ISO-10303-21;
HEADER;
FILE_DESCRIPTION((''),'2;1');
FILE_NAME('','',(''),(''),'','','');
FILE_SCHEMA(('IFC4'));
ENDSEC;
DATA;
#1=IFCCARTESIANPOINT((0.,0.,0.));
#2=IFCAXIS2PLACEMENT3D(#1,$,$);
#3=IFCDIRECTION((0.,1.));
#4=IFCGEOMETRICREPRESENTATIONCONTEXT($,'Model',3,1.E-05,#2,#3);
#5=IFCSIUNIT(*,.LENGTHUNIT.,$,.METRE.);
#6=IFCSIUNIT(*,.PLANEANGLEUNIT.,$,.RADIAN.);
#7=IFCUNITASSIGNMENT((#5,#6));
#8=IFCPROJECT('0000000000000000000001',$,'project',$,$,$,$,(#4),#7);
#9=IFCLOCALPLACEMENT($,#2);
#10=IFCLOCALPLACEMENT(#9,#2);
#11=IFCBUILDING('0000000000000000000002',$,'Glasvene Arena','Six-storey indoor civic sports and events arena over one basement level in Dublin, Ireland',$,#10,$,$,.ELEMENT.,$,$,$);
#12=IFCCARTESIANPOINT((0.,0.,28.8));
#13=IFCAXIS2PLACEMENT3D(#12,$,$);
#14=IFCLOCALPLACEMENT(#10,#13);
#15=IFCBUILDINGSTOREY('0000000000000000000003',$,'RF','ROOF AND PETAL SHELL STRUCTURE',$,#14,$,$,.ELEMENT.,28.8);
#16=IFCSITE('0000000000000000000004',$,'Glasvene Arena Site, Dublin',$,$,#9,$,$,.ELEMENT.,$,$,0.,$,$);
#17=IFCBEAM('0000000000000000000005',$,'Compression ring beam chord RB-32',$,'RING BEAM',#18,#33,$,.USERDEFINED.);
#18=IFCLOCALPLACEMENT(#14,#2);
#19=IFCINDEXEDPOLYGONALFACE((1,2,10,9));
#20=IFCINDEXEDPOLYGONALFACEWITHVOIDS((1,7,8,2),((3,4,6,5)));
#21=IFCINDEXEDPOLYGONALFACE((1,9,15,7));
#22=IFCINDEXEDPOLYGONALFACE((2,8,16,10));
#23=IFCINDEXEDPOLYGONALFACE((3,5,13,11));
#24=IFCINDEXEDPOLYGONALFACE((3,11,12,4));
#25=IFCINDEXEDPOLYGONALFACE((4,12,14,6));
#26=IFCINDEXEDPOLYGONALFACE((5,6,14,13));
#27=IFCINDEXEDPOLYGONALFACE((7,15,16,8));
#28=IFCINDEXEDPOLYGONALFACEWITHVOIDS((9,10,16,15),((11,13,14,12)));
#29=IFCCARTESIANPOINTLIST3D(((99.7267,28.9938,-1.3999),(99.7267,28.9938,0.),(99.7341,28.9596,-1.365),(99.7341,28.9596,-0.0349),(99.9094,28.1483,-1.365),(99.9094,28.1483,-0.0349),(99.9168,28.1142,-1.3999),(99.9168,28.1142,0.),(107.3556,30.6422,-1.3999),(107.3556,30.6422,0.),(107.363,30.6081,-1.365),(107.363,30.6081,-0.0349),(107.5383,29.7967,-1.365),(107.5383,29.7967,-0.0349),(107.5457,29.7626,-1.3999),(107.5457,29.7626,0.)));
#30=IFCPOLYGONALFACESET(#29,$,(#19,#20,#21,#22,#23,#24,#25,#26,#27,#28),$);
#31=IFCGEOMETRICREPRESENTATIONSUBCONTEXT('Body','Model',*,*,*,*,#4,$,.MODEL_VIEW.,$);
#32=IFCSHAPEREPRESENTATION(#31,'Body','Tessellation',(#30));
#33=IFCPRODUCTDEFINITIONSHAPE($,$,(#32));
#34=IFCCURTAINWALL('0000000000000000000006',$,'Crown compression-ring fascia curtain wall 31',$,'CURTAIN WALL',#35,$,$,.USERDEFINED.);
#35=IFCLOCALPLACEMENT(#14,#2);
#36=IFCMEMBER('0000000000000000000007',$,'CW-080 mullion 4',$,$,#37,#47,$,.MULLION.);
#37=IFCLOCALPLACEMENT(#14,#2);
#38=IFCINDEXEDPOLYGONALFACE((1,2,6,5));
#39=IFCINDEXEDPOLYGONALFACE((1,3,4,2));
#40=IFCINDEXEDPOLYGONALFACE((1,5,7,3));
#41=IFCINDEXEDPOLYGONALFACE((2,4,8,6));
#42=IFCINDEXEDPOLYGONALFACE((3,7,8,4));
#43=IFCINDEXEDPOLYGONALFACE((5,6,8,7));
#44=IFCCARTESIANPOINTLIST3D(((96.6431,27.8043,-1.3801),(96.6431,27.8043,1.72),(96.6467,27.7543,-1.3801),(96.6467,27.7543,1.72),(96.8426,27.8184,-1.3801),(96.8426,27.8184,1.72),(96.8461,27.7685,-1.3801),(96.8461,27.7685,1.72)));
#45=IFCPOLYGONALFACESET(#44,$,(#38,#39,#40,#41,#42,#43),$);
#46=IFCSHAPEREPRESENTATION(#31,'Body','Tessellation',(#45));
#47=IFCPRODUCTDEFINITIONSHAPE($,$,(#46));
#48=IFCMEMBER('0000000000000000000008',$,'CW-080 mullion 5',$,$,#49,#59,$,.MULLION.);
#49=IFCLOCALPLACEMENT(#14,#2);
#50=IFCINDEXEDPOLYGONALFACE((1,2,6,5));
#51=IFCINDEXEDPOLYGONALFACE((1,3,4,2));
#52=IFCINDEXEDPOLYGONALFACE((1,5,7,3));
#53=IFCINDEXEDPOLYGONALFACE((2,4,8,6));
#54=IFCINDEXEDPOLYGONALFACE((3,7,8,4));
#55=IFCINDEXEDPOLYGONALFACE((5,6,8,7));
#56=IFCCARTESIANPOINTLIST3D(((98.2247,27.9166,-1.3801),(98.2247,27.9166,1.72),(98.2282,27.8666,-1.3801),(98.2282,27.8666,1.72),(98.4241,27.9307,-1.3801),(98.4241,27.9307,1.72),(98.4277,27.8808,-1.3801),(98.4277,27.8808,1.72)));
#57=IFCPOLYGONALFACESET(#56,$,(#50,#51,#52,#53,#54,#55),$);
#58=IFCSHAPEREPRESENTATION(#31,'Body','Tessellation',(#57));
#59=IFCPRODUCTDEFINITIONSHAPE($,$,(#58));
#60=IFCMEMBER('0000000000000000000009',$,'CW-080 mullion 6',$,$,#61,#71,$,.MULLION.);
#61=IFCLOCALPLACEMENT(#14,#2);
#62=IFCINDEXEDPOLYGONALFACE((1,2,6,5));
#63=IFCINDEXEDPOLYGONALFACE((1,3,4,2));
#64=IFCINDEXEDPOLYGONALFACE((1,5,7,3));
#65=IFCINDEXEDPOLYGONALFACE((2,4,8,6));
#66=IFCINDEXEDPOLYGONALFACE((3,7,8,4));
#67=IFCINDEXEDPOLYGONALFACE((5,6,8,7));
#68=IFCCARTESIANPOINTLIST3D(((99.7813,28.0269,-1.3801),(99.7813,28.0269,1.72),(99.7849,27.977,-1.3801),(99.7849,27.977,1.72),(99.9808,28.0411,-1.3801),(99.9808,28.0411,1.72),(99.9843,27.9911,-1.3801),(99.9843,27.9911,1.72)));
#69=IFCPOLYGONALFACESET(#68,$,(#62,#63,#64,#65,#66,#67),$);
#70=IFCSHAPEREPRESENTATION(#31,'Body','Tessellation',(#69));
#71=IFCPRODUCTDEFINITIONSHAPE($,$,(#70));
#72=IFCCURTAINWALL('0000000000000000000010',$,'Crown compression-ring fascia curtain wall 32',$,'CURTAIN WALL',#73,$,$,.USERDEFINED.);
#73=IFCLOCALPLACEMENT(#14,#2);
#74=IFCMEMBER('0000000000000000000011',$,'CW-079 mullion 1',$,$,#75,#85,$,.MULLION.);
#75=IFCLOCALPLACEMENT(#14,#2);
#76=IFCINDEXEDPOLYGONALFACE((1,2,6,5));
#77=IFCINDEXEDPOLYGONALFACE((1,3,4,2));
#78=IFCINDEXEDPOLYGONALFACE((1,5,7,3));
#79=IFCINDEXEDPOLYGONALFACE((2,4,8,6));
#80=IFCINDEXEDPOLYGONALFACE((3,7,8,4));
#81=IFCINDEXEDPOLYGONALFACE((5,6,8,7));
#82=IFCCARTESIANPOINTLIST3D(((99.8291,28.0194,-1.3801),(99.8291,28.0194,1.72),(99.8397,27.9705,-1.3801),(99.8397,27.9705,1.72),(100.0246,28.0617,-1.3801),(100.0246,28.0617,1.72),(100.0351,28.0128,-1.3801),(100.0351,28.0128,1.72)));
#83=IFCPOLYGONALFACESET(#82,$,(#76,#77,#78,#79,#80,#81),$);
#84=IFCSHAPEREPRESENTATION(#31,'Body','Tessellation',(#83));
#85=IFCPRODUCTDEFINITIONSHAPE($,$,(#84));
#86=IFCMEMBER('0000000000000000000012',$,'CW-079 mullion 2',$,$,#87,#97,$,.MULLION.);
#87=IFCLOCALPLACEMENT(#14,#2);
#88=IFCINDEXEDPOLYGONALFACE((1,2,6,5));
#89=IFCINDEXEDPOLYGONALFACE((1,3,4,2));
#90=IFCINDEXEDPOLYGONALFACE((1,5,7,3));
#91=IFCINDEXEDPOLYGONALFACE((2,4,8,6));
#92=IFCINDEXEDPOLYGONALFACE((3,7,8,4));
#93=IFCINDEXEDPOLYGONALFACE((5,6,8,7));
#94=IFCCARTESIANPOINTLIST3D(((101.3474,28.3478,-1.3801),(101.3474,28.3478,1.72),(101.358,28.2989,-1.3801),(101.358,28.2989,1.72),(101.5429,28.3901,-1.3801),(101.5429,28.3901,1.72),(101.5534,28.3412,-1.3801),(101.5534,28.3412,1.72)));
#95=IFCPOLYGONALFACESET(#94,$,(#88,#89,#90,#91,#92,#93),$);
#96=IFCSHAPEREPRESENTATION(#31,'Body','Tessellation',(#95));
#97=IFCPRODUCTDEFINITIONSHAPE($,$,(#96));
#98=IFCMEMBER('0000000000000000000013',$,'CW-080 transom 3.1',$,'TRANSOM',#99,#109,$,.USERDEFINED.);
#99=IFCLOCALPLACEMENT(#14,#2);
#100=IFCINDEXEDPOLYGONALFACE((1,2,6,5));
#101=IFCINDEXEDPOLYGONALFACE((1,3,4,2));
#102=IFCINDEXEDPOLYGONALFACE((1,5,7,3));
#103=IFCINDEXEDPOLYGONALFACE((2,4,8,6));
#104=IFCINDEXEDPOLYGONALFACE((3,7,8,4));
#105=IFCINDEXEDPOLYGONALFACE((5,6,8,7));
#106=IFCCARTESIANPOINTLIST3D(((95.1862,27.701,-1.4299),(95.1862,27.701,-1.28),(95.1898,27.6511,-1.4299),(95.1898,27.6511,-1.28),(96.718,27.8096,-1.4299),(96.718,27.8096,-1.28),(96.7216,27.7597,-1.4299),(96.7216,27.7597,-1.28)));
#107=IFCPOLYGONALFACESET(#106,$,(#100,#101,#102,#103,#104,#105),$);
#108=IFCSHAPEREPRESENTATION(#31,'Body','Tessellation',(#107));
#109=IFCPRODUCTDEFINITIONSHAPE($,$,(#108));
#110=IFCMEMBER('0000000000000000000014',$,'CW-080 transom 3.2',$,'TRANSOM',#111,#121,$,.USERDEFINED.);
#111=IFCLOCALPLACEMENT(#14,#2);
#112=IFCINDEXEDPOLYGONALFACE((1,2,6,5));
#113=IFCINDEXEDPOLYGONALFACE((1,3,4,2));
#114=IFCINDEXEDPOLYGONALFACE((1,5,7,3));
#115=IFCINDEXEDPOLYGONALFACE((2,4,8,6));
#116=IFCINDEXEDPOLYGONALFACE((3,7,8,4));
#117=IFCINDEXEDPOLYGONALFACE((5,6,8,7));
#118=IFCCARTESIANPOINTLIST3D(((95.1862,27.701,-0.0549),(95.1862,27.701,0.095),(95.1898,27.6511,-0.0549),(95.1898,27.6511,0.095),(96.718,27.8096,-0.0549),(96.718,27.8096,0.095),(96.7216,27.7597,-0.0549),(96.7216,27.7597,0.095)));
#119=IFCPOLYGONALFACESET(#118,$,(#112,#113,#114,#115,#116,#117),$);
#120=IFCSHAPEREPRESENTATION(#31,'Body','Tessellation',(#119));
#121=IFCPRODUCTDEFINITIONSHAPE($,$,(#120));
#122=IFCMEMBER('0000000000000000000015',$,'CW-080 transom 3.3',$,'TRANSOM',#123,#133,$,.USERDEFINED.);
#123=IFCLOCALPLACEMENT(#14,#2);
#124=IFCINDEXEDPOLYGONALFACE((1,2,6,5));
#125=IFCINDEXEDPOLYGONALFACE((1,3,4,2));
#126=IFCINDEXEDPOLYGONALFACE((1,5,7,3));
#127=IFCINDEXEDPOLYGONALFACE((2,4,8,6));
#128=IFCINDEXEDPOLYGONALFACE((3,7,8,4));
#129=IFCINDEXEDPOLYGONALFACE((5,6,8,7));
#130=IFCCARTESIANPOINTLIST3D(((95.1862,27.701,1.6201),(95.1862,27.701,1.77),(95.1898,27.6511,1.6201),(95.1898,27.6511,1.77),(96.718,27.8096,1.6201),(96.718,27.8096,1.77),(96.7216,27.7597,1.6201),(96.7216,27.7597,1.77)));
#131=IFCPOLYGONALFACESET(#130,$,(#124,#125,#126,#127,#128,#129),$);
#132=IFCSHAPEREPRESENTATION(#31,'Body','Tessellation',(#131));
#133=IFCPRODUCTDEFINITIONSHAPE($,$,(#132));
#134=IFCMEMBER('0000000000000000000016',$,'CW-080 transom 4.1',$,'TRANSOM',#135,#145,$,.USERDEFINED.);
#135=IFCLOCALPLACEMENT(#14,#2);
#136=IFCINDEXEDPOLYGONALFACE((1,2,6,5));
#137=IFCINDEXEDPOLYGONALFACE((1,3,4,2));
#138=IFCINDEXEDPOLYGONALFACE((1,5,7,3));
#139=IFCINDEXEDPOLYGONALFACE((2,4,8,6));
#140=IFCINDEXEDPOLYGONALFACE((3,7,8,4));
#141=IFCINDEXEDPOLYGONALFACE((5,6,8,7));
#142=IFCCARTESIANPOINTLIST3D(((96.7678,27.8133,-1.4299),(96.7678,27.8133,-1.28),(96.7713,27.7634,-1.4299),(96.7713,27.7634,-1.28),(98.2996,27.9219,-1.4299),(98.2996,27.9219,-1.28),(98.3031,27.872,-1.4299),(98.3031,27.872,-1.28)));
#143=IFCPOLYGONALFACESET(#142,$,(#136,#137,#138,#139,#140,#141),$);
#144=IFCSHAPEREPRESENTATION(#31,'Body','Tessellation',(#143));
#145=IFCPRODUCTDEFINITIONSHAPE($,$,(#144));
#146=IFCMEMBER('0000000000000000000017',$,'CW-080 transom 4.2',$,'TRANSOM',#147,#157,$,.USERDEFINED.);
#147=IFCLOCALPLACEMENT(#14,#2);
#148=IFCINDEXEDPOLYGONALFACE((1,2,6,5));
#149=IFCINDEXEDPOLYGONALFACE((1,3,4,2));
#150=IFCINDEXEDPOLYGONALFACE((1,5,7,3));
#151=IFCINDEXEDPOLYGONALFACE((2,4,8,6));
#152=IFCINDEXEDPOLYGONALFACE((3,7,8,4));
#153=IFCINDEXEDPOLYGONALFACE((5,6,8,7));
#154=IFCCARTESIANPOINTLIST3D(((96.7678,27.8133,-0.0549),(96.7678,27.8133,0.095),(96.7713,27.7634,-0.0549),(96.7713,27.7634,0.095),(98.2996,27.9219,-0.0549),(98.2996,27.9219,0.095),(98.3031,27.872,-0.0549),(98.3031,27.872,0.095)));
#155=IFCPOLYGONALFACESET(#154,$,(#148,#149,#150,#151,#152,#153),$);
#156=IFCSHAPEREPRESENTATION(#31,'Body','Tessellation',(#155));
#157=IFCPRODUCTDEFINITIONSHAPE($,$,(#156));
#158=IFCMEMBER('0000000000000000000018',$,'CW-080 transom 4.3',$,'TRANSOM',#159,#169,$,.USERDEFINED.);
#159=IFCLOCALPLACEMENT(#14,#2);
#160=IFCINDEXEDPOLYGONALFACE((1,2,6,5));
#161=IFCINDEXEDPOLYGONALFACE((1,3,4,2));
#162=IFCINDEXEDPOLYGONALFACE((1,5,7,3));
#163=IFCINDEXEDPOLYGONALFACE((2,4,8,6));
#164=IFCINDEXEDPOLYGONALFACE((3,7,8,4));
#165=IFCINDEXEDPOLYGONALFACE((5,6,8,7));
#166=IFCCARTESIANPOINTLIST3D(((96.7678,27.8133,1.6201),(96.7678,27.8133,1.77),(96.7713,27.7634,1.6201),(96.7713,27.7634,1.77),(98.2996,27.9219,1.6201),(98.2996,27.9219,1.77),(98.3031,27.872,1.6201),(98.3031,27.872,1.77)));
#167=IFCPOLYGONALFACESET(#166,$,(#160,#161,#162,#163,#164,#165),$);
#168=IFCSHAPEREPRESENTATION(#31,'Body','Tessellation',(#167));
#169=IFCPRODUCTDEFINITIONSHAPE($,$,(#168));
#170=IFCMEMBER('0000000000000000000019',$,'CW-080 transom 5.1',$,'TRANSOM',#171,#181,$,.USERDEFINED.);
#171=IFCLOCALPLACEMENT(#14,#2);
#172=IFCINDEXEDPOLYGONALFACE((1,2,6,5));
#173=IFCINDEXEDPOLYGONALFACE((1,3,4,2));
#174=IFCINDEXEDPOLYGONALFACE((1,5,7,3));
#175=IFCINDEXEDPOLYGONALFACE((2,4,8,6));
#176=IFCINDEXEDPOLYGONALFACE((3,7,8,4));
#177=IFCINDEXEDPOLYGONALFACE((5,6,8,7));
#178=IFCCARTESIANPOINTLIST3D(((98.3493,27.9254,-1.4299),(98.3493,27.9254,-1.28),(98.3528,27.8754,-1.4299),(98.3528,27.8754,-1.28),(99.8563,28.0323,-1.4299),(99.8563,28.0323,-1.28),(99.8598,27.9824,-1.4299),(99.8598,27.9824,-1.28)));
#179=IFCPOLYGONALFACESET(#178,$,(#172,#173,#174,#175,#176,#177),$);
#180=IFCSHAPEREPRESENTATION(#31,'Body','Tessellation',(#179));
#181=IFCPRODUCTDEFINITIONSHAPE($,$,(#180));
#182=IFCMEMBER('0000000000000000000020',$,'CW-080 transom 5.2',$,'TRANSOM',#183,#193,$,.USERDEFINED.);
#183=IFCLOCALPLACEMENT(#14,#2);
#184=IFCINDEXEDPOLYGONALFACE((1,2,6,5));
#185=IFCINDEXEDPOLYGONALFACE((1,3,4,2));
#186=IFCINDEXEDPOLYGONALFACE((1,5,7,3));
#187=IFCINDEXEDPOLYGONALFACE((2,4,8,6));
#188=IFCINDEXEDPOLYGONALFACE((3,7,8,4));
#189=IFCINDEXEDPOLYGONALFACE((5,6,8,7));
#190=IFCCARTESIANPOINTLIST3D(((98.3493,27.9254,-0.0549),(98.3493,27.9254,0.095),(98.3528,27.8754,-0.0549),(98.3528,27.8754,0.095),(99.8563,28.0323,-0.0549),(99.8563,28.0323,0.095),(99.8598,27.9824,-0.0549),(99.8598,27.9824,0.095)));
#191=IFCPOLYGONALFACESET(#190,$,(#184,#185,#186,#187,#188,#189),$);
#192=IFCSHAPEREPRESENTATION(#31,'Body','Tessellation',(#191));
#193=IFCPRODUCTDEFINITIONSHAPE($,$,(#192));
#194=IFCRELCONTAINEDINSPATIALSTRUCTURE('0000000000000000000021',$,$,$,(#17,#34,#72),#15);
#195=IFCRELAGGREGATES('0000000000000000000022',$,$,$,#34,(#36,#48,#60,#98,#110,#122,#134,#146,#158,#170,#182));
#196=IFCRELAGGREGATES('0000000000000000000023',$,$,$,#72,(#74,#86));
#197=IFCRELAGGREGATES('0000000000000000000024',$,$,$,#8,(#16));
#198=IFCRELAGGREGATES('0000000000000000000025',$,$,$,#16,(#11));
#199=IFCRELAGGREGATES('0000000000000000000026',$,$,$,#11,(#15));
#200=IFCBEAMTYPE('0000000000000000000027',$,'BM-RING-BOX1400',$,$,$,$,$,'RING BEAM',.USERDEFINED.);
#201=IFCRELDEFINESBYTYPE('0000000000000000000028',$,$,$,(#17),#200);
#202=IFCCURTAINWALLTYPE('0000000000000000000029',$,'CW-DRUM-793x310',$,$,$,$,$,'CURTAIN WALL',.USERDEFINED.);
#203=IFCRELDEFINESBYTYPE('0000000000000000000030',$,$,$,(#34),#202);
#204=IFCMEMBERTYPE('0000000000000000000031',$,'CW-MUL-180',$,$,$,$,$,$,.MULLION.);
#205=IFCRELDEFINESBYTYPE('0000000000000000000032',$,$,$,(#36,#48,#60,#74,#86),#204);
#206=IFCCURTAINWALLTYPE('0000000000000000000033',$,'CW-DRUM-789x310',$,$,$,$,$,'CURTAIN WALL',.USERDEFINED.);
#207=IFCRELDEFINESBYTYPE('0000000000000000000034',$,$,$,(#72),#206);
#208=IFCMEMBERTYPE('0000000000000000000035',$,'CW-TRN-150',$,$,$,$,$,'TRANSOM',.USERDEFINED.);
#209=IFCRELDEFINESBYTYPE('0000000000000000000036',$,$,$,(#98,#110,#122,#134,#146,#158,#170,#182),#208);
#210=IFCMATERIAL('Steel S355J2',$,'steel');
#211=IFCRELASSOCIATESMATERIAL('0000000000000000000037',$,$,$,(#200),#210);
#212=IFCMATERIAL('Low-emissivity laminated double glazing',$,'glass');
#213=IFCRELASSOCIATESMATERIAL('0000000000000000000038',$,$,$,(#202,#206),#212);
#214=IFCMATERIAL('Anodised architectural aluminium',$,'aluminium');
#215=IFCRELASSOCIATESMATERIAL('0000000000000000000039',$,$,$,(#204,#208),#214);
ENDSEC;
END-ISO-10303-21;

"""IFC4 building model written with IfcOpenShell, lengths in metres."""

from ifc_helpers import new_model, si_unit, direction, frame, origin, origin_2d, place, context, subcontext, project, spatial, rectangle, hollow_rectangle, extrude, material, material_profile, profile_set, type_object, element, aggregate, save


model = new_model("IFC4")

# Units and contexts
model_context = context("Model", 3, precision=1e-05, world=origin(), true_north=direction((0.0, 1.0)))
body_context = subcontext(model_context, "Body", "Model", "MODEL_VIEW")
ifc_project = project(units=[si_unit("LENGTHUNIT", "METRE"), si_unit("PLANEANGLEUNIT", "RADIAN")], contexts=[model_context])

# Site, building, storey
site_placement = place(None, origin())
site = spatial("IfcSite", under=ifc_project, at=site_placement, Name="Glasvene Arena Site, Dublin", CompositionType="ELEMENT", RefElevation=0.0)
building_placement = place(site_placement, origin())
building = spatial("IfcBuilding", under=site, at=building_placement, Name="Glasvene Arena", Description="Six-storey indoor civic sports and events arena over one basement level in Dublin, Ireland", CompositionType="ELEMENT")
storey_placement = place(building_placement, frame((0.0, 0.0, 28.8)))
storey = spatial("IfcBuildingStorey", under=building, at=storey_placement, Name="RF", Description="ROOF AND PETAL SHELL STRUCTURE", CompositionType="ELEMENT", Elevation=28.8)

# Beam
ifc_material_1 = material(Name="Steel S355J2", Category="steel")
ifc_material_profile_1 = material_profile(ifc_material_1, hollow_rectangle(XDim=0.8999, YDim=1.3999, WallThickness=0.0349, at=origin_2d()), Name="WBOX 900x1400x35")
ifc_profile_set_1 = profile_set([ifc_material_profile_1], Name="Steel S355J2")
beam_type = type_object("IfcBeamType", Name="BM-RING-BOX1400", ElementType="RING BEAM", PredefinedType="USERDEFINED", material=ifc_profile_set_1)
beam_placement = place(storey_placement, frame((99.8218, 28.554, -0.7), z_axis=(0.977442, 0.211204, 0.0), x_axis=(-0.211204, 0.977442, 0.0)))
element("IfcBeam", 1, at=beam_placement, inside=storey, type_object=beam_type, Name="Compression ring beam chord RB-32", ObjectType="RING BEAM", PredefinedType="USERDEFINED", context=body_context, shape_type="SweptSolid", body=[
    extrude(hollow_rectangle(XDim=0.8999, YDim=1.3999, WallThickness=0.0349, at=origin_2d()), origin(), (0.0, 0.0, 1.0), 7.8049),
])

# Curtain walls, members
ifc_material_2 = material(Name="Low-emissivity laminated double glazing", Category="glass")
curtain_wall_type_1 = type_object("IfcCurtainWallType", Name="CW-DRUM-793x310", ElementType="CURTAIN WALL", PredefinedType="USERDEFINED", material=ifc_material_2)
curtain_wall_1_placement = place(storey_placement, frame((92.0, 27.45, 0.0)))
curtain_wall_1 = element("IfcCurtainWall", 2, at=curtain_wall_1_placement, inside=storey, type_object=curtain_wall_type_1, Name="Crown compression-ring fascia curtain wall 31", ObjectType="CURTAIN WALL", PredefinedType="USERDEFINED")
ifc_material_3 = material(Name="Anodised architectural aluminium", Category="aluminium")
ifc_material_profile_2 = material_profile(ifc_material_3, rectangle(XDim=0.05, YDim=0.2, at=origin_2d()), Name="ALU MULLION 50x200")
ifc_profile_set_2 = profile_set([ifc_material_profile_2], Name="Anodised architectural aluminium")
member_type_1 = type_object("IfcMemberType", Name="CW-MUL-180", PredefinedType="MULLION", material=ifc_profile_set_2)
member_1_placement = place(storey_placement, frame((96.7446, 27.7864, -1.3801), z_axis=(0.0, 0.0, 1.0), x_axis=(-0.07074, 0.997495, 0.0)))
member_1 = element("IfcMember", 3, at=member_1_placement, type_object=member_type_1, Name="CW-080 mullion 4", PredefinedType="MULLION", context=body_context, shape_type="SweptSolid", body=[
    extrude(rectangle(XDim=0.05, YDim=0.2, at=origin_2d()), origin(), (0.0, 0.0, 1.0), 3.1001),
])
member_2_placement = place(storey_placement, frame((98.3262, 27.8987, -1.3801), z_axis=(0.0, 0.0, 1.0), x_axis=(-0.07074, 0.997495, 0.0)))
member_2 = element("IfcMember", 4, at=member_2_placement, type_object=member_type_1, Name="CW-080 mullion 5", PredefinedType="MULLION", context=body_context, shape_type="SweptSolid", body=[
    extrude(rectangle(XDim=0.05, YDim=0.2, at=origin_2d()), origin(), (0.0, 0.0, 1.0), 3.1001),
])
member_3_placement = place(storey_placement, frame((99.8828, 28.009, -1.3801), z_axis=(0.0, 0.0, 1.0), x_axis=(-0.07074, 0.997495, 0.0)))
member_3 = element("IfcMember", 5, at=member_3_placement, type_object=member_type_1, Name="CW-080 mullion 6", PredefinedType="MULLION", context=body_context, shape_type="SweptSolid", body=[
    extrude(rectangle(XDim=0.05, YDim=0.2, at=origin_2d()), origin(), (0.0, 0.0, 1.0), 3.1001),
])
curtain_wall_type_2 = type_object("IfcCurtainWallType", Name="CW-DRUM-789x310", ElementType="CURTAIN WALL", PredefinedType="USERDEFINED", material=ifc_material_2)
curtain_wall_2_placement = place(storey_placement, frame((99.9077, 28.0107, 0.0)))
curtain_wall_2 = element("IfcCurtainWall", 6, at=curtain_wall_2_placement, inside=storey, type_object=curtain_wall_type_2, Name="Crown compression-ring fascia curtain wall 32", ObjectType="CURTAIN WALL", PredefinedType="USERDEFINED")
member_4_placement = place(storey_placement, frame((99.9321, 28.0161, -1.3801), z_axis=(0.0, 0.0, 1.0), x_axis=(-0.211445, 0.97739, 0.0)))
member_4 = element("IfcMember", 7, at=member_4_placement, type_object=member_type_1, Name="CW-079 mullion 1", PredefinedType="MULLION", context=body_context, shape_type="SweptSolid", body=[
    extrude(rectangle(XDim=0.05, YDim=0.2, at=origin_2d()), origin(), (0.0, 0.0, 1.0), 3.1001),
])
member_5_placement = place(storey_placement, frame((101.4504, 28.3445, -1.3801), z_axis=(0.0, 0.0, 1.0), x_axis=(-0.211445, 0.97739, 0.0)))
member_5 = element("IfcMember", 8, at=member_5_placement, type_object=member_type_1, Name="CW-079 mullion 2", PredefinedType="MULLION", context=body_context, shape_type="SweptSolid", body=[
    extrude(rectangle(XDim=0.05, YDim=0.2, at=origin_2d()), origin(), (0.0, 0.0, 1.0), 3.1001),
])

# Members
ifc_material_profile_3 = material_profile(ifc_material_3, rectangle(XDim=0.05, YDim=0.1499, at=origin_2d()), Name="ALU TRANSOM 50x150")
ifc_profile_set_3 = profile_set([ifc_material_profile_3], Name="Anodised architectural aluminium")
member_type_2 = type_object("IfcMemberType", Name="CW-TRN-150", ElementType="TRANSOM", PredefinedType="USERDEFINED", material=ifc_profile_set_3)
member_6_placement = place(storey_placement, frame((95.188, 27.676, -1.355), z_axis=(0.997494, 0.07075, 0.0), x_axis=(-0.07075, 0.997494, 0.0)))
member_6 = element("IfcMember", 9, at=member_6_placement, type_object=member_type_2, Name="CW-080 transom 3.1", ObjectType="TRANSOM", PredefinedType="USERDEFINED", context=body_context, shape_type="SweptSolid", body=[
    extrude(rectangle(XDim=0.05, YDim=0.1499, at=origin_2d()), origin(), (0.0, 0.0, 1.0), 1.5356),
])
member_7_placement = place(storey_placement, frame((95.188, 27.676, 0.02), z_axis=(0.997494, 0.07075, 0.0), x_axis=(-0.07075, 0.997494, 0.0)))
member_7 = element("IfcMember", 10, at=member_7_placement, type_object=member_type_2, Name="CW-080 transom 3.2", ObjectType="TRANSOM", PredefinedType="USERDEFINED", context=body_context, shape_type="SweptSolid", body=[
    extrude(rectangle(XDim=0.05, YDim=0.1499, at=origin_2d()), origin(), (0.0, 0.0, 1.0), 1.5356),
])
member_8_placement = place(storey_placement, frame((95.188, 27.676, 1.6951), z_axis=(0.997494, 0.07075, 0.0), x_axis=(-0.07075, 0.997494, 0.0)))
member_8 = element("IfcMember", 11, at=member_8_placement, type_object=member_type_2, Name="CW-080 transom 3.3", ObjectType="TRANSOM", PredefinedType="USERDEFINED", context=body_context, shape_type="SweptSolid", body=[
    extrude(rectangle(XDim=0.05, YDim=0.1499, at=origin_2d()), origin(), (0.0, 0.0, 1.0), 1.5356),
])
member_9_placement = place(storey_placement, frame((96.7695, 27.7883, -1.355), z_axis=(0.997494, 0.07075, 0.0), x_axis=(-0.07075, 0.997494, 0.0)))
member_9 = element("IfcMember", 12, at=member_9_placement, type_object=member_type_2, Name="CW-080 transom 4.1", ObjectType="TRANSOM", PredefinedType="USERDEFINED", context=body_context, shape_type="SweptSolid", body=[
    extrude(rectangle(XDim=0.05, YDim=0.1499, at=origin_2d()), origin(), (0.0, 0.0, 1.0), 1.5356),
])
member_10_placement = place(storey_placement, frame((96.7695, 27.7883, 0.02), z_axis=(0.997494, 0.07075, 0.0), x_axis=(-0.07075, 0.997494, 0.0)))
member_10 = element("IfcMember", 13, at=member_10_placement, type_object=member_type_2, Name="CW-080 transom 4.2", ObjectType="TRANSOM", PredefinedType="USERDEFINED", context=body_context, shape_type="SweptSolid", body=[
    extrude(rectangle(XDim=0.05, YDim=0.1499, at=origin_2d()), origin(), (0.0, 0.0, 1.0), 1.5356),
])
member_11_placement = place(storey_placement, frame((96.7695, 27.7883, 1.6951), z_axis=(0.997494, 0.07075, 0.0), x_axis=(-0.07075, 0.997494, 0.0)))
member_11 = element("IfcMember", 14, at=member_11_placement, type_object=member_type_2, Name="CW-080 transom 4.3", ObjectType="TRANSOM", PredefinedType="USERDEFINED", context=body_context, shape_type="SweptSolid", body=[
    extrude(rectangle(XDim=0.05, YDim=0.1499, at=origin_2d()), origin(), (0.0, 0.0, 1.0), 1.5356),
])
member_12_placement = place(storey_placement, frame((98.3511, 27.9004, -1.355), z_axis=(0.997491, 0.070788, 0.0), x_axis=(-0.070788, 0.997491, 0.0)))
member_12 = element("IfcMember", 15, at=member_12_placement, type_object=member_type_2, Name="CW-080 transom 5.1", ObjectType="TRANSOM", PredefinedType="USERDEFINED", context=body_context, shape_type="SweptSolid", body=[
    extrude(rectangle(XDim=0.05, YDim=0.1499, at=origin_2d()), origin(), (0.0, 0.0, 1.0), 1.5107),
])
member_13_placement = place(storey_placement, frame((98.3511, 27.9004, 0.02), z_axis=(0.997491, 0.070788, 0.0), x_axis=(-0.070788, 0.997491, 0.0)))
member_13 = element("IfcMember", 16, at=member_13_placement, type_object=member_type_2, Name="CW-080 transom 5.2", ObjectType="TRANSOM", PredefinedType="USERDEFINED", context=body_context, shape_type="SweptSolid", body=[
    extrude(rectangle(XDim=0.05, YDim=0.1499, at=origin_2d()), origin(), (0.0, 0.0, 1.0), 1.5107),
])

aggregate(curtain_wall_1, [member_1, member_2, member_3, member_6, member_7, member_8, member_9, member_10, member_11, member_12, member_13])
aggregate(curtain_wall_2, [member_4, member_5])

save(model, "model.ifc")
